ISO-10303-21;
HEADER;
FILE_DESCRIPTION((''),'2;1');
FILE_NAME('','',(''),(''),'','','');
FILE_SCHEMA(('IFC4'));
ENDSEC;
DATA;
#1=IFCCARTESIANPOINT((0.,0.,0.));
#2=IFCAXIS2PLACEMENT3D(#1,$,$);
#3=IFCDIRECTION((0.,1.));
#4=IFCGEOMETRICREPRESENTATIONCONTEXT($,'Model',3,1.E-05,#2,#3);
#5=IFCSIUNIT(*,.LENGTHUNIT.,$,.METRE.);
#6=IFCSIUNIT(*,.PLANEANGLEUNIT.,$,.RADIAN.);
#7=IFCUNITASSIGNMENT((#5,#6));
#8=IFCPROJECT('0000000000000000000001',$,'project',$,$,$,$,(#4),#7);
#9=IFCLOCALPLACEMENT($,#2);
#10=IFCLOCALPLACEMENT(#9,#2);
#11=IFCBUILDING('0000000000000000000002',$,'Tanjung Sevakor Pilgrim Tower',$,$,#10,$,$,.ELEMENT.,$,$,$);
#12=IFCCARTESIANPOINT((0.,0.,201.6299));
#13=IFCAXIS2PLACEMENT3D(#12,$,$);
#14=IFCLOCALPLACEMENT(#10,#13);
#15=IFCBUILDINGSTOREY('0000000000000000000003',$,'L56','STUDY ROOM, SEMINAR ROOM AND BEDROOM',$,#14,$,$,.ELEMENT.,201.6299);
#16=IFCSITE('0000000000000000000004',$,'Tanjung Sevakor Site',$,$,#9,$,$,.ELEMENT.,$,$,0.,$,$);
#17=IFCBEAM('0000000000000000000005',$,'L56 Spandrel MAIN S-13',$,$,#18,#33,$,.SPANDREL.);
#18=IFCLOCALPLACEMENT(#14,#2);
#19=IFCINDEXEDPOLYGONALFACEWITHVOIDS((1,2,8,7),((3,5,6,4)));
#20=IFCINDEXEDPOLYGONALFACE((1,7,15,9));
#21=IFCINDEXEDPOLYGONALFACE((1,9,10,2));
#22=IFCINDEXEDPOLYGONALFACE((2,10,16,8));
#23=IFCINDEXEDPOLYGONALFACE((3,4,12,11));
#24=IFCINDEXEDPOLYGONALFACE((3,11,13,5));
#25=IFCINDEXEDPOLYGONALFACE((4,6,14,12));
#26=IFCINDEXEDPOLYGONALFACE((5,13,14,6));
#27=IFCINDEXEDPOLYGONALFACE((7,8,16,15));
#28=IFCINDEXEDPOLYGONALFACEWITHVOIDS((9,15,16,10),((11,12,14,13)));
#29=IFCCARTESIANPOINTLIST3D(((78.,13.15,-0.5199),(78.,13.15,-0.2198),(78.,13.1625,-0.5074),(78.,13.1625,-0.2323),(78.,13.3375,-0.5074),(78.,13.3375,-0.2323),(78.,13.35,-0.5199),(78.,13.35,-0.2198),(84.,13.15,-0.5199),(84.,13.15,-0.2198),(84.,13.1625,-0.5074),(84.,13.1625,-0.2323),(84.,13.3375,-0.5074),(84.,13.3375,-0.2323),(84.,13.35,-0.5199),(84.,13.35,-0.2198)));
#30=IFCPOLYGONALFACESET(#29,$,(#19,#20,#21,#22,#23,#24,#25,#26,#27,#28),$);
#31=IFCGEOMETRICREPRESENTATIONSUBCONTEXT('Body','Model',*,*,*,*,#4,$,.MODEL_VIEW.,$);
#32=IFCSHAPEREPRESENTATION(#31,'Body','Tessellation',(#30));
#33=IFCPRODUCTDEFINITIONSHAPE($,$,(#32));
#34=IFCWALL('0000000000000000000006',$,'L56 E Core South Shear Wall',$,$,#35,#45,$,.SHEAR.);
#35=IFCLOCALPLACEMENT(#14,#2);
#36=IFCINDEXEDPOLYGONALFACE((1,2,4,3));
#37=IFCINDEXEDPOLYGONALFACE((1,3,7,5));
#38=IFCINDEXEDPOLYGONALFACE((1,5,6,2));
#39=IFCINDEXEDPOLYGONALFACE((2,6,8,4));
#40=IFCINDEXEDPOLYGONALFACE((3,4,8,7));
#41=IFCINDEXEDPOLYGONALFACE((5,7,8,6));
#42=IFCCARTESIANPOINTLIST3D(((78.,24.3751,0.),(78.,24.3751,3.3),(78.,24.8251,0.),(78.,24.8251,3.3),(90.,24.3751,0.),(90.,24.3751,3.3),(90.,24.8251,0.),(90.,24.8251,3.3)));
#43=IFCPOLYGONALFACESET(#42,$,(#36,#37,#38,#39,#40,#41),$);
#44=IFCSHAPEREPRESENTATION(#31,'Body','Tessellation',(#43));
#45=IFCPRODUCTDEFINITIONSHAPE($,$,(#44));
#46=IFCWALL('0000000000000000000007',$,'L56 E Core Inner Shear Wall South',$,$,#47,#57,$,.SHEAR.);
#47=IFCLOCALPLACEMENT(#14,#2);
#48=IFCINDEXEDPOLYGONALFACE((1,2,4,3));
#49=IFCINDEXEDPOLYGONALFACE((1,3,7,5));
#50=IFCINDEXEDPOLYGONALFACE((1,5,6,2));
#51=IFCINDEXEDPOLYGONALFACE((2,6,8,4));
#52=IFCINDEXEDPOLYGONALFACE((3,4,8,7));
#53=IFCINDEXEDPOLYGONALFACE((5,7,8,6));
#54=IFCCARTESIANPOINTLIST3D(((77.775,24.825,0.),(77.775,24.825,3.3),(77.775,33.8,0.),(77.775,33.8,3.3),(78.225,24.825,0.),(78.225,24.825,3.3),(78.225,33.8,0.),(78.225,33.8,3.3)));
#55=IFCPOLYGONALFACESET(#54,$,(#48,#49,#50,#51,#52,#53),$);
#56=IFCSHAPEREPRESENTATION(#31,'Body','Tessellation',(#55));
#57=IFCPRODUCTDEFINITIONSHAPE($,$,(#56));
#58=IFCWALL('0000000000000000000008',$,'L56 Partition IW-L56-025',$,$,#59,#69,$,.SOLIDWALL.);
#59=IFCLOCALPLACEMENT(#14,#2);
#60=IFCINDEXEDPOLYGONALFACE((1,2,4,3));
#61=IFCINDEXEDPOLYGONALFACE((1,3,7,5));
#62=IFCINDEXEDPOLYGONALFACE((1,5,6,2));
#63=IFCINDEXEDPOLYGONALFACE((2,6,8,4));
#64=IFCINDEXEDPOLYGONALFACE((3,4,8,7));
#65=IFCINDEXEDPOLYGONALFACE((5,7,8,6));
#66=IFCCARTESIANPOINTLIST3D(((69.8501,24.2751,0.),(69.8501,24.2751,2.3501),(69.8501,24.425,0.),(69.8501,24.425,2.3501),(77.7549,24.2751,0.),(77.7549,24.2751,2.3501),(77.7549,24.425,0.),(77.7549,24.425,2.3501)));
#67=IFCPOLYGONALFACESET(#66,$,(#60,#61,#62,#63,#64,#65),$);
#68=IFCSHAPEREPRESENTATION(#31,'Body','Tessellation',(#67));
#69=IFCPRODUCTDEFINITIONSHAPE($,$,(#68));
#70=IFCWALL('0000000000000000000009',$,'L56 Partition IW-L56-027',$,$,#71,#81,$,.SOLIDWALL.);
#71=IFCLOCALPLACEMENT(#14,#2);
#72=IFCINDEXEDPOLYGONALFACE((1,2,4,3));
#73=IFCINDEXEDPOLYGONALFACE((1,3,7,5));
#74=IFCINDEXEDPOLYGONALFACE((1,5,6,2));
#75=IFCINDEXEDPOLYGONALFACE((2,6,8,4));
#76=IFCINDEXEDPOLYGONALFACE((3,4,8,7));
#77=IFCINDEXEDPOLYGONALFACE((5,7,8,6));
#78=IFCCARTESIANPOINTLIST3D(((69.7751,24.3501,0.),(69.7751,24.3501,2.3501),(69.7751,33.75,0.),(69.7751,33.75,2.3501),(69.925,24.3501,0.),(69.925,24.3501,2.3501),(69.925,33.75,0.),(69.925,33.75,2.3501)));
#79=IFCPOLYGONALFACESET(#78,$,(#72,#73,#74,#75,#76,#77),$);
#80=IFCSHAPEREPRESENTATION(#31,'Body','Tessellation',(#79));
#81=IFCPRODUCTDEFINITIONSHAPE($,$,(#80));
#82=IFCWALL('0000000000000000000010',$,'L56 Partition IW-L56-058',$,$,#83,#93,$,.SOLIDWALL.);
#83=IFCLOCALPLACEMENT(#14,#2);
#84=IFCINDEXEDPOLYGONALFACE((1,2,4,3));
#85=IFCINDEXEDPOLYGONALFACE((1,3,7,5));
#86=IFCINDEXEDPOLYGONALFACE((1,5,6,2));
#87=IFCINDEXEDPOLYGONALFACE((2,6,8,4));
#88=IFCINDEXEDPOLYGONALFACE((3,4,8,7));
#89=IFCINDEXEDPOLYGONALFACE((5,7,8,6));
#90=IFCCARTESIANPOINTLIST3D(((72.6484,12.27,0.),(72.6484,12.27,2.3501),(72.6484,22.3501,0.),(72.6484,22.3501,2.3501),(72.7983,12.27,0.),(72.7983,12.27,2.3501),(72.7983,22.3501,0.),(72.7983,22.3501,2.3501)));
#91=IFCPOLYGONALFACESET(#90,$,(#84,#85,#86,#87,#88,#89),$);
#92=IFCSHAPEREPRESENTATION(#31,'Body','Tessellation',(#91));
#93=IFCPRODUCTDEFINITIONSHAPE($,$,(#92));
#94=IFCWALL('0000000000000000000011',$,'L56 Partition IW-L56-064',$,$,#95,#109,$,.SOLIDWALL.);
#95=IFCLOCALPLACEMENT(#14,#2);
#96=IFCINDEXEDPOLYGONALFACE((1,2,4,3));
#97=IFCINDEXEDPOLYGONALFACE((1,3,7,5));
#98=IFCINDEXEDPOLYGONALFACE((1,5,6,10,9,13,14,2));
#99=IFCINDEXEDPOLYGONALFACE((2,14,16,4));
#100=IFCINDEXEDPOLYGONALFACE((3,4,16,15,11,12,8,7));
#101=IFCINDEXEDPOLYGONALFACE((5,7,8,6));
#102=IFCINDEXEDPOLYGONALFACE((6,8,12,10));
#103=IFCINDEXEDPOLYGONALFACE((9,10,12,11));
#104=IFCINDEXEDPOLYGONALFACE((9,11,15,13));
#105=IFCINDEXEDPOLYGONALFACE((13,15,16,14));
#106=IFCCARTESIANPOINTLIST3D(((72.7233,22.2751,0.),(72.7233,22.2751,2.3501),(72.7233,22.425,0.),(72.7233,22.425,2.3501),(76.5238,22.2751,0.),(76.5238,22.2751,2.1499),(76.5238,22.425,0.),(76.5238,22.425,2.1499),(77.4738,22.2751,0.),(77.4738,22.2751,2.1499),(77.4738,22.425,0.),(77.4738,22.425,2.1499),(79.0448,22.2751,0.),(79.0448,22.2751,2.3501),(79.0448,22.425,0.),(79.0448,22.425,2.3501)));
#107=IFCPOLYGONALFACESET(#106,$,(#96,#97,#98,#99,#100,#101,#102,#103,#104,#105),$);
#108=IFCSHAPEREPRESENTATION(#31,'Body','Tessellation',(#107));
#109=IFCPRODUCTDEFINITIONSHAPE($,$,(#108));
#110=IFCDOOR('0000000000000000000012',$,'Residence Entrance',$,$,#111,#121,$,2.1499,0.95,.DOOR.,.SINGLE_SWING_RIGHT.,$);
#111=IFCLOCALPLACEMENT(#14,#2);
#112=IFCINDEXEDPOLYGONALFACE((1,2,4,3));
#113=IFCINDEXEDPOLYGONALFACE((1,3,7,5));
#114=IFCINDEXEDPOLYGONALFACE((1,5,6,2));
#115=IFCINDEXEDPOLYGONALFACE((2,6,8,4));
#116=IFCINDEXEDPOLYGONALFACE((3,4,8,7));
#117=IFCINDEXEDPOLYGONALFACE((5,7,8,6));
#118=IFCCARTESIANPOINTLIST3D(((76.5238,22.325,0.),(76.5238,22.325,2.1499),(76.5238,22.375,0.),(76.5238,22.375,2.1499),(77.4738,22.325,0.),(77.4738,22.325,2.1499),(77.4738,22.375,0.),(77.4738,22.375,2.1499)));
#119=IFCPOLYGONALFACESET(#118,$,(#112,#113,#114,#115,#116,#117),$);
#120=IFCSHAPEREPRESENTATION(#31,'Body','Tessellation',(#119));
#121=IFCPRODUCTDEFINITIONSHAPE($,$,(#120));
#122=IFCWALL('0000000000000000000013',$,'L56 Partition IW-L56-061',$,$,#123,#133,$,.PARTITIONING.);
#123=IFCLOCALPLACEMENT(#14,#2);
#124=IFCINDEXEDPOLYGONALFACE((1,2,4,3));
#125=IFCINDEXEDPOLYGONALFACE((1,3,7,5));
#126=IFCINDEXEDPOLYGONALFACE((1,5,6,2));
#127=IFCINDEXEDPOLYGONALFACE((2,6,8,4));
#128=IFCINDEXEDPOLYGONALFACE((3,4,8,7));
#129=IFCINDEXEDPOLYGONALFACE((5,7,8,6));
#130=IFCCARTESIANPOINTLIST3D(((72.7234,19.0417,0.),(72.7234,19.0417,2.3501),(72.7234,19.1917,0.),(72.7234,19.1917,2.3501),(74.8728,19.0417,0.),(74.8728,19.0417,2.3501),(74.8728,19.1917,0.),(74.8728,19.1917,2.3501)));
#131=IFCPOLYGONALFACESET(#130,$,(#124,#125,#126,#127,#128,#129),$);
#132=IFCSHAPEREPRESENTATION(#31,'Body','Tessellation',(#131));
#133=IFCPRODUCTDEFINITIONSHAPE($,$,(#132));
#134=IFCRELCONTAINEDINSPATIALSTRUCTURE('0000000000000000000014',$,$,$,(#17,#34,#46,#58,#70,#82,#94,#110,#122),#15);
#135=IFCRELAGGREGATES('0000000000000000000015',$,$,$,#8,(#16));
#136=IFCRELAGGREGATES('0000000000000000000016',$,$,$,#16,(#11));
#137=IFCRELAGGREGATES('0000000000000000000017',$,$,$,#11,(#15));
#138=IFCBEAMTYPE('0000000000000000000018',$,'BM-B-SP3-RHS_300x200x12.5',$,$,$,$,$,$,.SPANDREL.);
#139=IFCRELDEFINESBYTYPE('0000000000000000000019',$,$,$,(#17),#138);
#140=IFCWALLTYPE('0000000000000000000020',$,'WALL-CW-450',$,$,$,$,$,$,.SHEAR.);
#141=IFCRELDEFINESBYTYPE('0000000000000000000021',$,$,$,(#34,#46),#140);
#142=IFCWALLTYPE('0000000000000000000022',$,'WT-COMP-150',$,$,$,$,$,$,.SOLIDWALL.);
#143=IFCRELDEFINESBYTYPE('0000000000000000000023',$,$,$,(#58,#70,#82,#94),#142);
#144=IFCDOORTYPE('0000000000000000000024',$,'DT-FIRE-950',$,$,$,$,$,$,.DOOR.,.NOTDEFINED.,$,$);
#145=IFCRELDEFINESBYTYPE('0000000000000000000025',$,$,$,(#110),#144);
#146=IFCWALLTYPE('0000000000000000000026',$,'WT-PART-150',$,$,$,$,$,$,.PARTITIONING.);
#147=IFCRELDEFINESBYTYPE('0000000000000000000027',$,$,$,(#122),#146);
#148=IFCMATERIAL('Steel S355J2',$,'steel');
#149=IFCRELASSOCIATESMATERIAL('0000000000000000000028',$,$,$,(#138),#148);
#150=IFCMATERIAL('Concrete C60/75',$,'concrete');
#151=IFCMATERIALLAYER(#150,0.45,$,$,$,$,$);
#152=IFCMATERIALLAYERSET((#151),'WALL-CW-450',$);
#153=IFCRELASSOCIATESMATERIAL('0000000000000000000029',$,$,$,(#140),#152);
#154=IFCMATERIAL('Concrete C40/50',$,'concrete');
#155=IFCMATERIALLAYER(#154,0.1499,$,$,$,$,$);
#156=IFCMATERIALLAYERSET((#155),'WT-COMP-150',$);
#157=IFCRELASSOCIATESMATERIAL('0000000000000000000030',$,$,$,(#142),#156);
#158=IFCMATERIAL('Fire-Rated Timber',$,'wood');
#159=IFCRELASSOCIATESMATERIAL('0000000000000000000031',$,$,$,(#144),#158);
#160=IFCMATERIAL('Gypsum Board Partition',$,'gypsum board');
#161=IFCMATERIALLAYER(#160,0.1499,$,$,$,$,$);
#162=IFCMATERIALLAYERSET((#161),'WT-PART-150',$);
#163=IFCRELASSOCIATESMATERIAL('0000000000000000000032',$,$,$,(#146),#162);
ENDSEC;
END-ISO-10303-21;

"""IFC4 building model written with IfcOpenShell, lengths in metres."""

from ifc_helpers import new_model, si_unit, direction, frame, frame_2d, origin, origin_2d, place, context, subcontext, project, spatial, rectangle, hollow_rectangle, extrude, material, layer, layer_set, material_profile, profile_set, type_object, element, fill, save


model = new_model("IFC4")

# Units and contexts
model_context = context("Model", 3, precision=1e-05, world=origin(), true_north=direction((0.0, 1.0)))
body_context = subcontext(model_context, "Body", "Model", "MODEL_VIEW")
ifc_project = project(units=[si_unit("LENGTHUNIT", "METRE"), si_unit("PLANEANGLEUNIT", "RADIAN")], contexts=[model_context])

# Site, building, storey
site_placement = place(None, origin())
site = spatial("IfcSite", under=ifc_project, at=site_placement, Name="Tanjung Sevakor Site", CompositionType="ELEMENT", RefElevation=0.0)
building_placement = place(site_placement, origin())
building = spatial("IfcBuilding", under=site, at=building_placement, Name="Tanjung Sevakor Pilgrim Tower", CompositionType="ELEMENT")
storey_placement = place(building_placement, frame((0.0, 0.0, 201.6299)))
storey = spatial("IfcBuildingStorey", under=building, at=storey_placement, Name="L56", Description="STUDY ROOM, SEMINAR ROOM AND BEDROOM", CompositionType="ELEMENT", Elevation=201.6299)

# Beam
ifc_material_1 = material(Name="Steel S355J2", Category="steel")
ifc_material_profile_1 = material_profile(ifc_material_1, hollow_rectangle(XDim=0.2, YDim=0.3, WallThickness=0.0125, at=origin_2d()))
ifc_profile_set_1 = profile_set([ifc_material_profile_1], Name="Steel S355J2")
beam_type_1 = type_object("IfcBeamType", Name="BM-B-SP3-RHS_300x200x12.5", PredefinedType="SPANDREL", material=ifc_profile_set_1)
for number, where, z_axis, x_axis, name in (
    (1, (78.0, 13.25, -0.3699), (1.0, 0.0, 0.0), (0.0, 1.0, 0.0), "L56 Spandrel MAIN S-13"),
):
    element("IfcBeam", number, at=place(storey_placement, frame(where, z_axis=z_axis, x_axis=x_axis)), inside=storey, type_object=beam_type_1, Name=name, PredefinedType="SPANDREL", context=body_context, shape_type="SweptSolid", body=[
        extrude(hollow_rectangle(XDim=0.2, YDim=0.3, WallThickness=0.0125, at=origin_2d()), origin(), (0.0, 0.0, 1.0), 6.0),
    ])

# Walls
ifc_material_2 = material(Name="Concrete C60/75", Category="concrete")
ifc_layer_1 = layer(ifc_material_2, 0.45)
ifc_layer_set_1 = layer_set([ifc_layer_1], Name="WALL-CW-450")
wall_type_1 = type_object("IfcWallType", Name="WALL-CW-450", PredefinedType="SHEAR", material=ifc_layer_set_1)
wall_1_placement = place(storey_placement, frame((78.0, 24.6001, 0.0), z_axis=(0.0, 0.0, 1.0), x_axis=(1.0, 0.0, 0.0)))
element("IfcWall", 2, at=wall_1_placement, inside=storey, type_object=wall_type_1, Name="L56 E Core South Shear Wall", PredefinedType="SHEAR", context=body_context, shape_type="SweptSolid", body=[
    extrude(rectangle(XDim=12.0, YDim=0.45, at=frame_2d((6.0, 0.0))), origin(), (0.0, 0.0, 1.0), 3.3),
])
wall_2_placement = place(storey_placement, frame((78.0, 24.825, 0.0), z_axis=(0.0, 0.0, 1.0), x_axis=(0.0, 1.0, 0.0)))
element("IfcWall", 3, at=wall_2_placement, inside=storey, type_object=wall_type_1, Name="L56 E Core Inner Shear Wall South", PredefinedType="SHEAR", context=body_context, shape_type="SweptSolid", body=[
    extrude(rectangle(XDim=8.9751, YDim=0.45, at=frame_2d((4.4875, 0.0))), origin(), (0.0, 0.0, 1.0), 3.3),
])
ifc_material_3 = material(Name="Concrete C40/50", Category="concrete")
ifc_layer_2 = layer(ifc_material_3, 0.1499)
ifc_layer_set_2 = layer_set([ifc_layer_2], Name="WT-COMP-150")
wall_type_2 = type_object("IfcWallType", Name="WT-COMP-150", PredefinedType="SOLIDWALL", material=ifc_layer_set_2)
wall_3_placement = place(storey_placement, frame((69.8501, 24.3501, 0.0), z_axis=(0.0, 0.0, 1.0), x_axis=(1.0, 0.0, 0.0)))
element("IfcWall", 4, at=wall_3_placement, inside=storey, type_object=wall_type_2, Name="L56 Partition IW-L56-025", PredefinedType="SOLIDWALL", context=body_context, shape_type="SweptSolid", body=[
    extrude(rectangle(XDim=7.9048, YDim=0.1499, at=frame_2d((3.9524, 0.0))), origin(), (0.0, 0.0, 1.0), 2.3501),
])
wall_4_placement = place(storey_placement, frame((69.8501, 24.3501, 0.0), z_axis=(0.0, 0.0, 1.0), x_axis=(0.0, 1.0, 0.0)))
element("IfcWall", 5, at=wall_4_placement, inside=storey, type_object=wall_type_2, Name="L56 Partition IW-L56-027", PredefinedType="SOLIDWALL", context=body_context, shape_type="SweptSolid", body=[
    extrude(rectangle(XDim=9.3999, YDim=0.1499, at=frame_2d((4.7, 0.0))), origin(), (0.0, 0.0, 1.0), 2.3501),
])
wall_5_placement = place(storey_placement, frame((72.7234, 12.27, 0.0), z_axis=(0.0, 0.0, 1.0), x_axis=(0.0, 1.0, 0.0)))
element("IfcWall", 6, at=wall_5_placement, inside=storey, type_object=wall_type_2, Name="L56 Partition IW-L56-058", PredefinedType="SOLIDWALL", context=body_context, shape_type="SweptSolid", body=[
    extrude(rectangle(XDim=10.0801, YDim=0.1499, at=frame_2d((5.04, 0.0))), origin(), (0.0, 0.0, 1.0), 2.3501),
])

# Wall, opening, door
wall_6_placement = place(storey_placement, frame((72.7234, 22.3501, 0.0), z_axis=(0.0, 0.0, 1.0), x_axis=(1.0, 0.0, 0.0)))
wall_6 = element("IfcWall", 7, at=wall_6_placement, inside=storey, type_object=wall_type_2, Name="L56 Partition IW-L56-064", PredefinedType="SOLIDWALL", context=body_context, shape_type="SweptSolid", body=[
    extrude(rectangle(XDim=6.3215, YDim=0.1499, at=frame_2d((3.1606, 0.0))), origin(), (0.0, 0.0, 1.0), 2.3501),
])
opening_1_placement = place(wall_6_placement, frame((3.8003, 0.0, 0.0)))
opening_1 = element("IfcOpeningElement", 8, at=opening_1_placement, cuts=wall_6, PredefinedType="OPENING", context=body_context, shape_type="SweptSolid", body=[
    extrude(rectangle(XDim=0.95, YDim=2.1499, at=frame_2d((0.4751, 1.075))), frame((0.0, 0.085, 0.0), z_axis=(0.0, -1.0, 0.0), x_axis=(1.0, 0.0, 0.0)), (0.0, 0.0, 1.0), 0.1699),
])
ifc_material_4 = material(Name="Fire-Rated Timber", Category="wood")
door_type_1 = type_object("IfcDoorType", Name="DT-FIRE-950", OperationType="NOTDEFINED", PredefinedType="DOOR", material=ifc_material_4)
door_1_placement = place(opening_1_placement, origin())
door_1 = element("IfcDoor", 9, at=door_1_placement, inside=storey, type_object=door_type_1, Name="Residence Entrance", OperationType="SINGLE_SWING_RIGHT", OverallHeight=2.1499, OverallWidth=0.95, PredefinedType="DOOR", context=body_context, shape_type="SweptSolid", body=[
    extrude(rectangle(XDim=0.95, YDim=2.1499, at=frame_2d((0.4751, 1.075))), frame((0.0, 0.0249, 0.0), z_axis=(0.0, -1.0, 0.0), x_axis=(1.0, 0.0, 0.0)), (0.0, 0.0, 1.0), 0.05),
])
fill(opening_1, door_1)

# Wall
ifc_material_5 = material(Name="Gypsum Board Partition", Category="gypsum board")
ifc_layer_3 = layer(ifc_material_5, 0.1499)
ifc_layer_set_3 = layer_set([ifc_layer_3], Name="WT-PART-150")
wall_type_3 = type_object("IfcWallType", Name="WT-PART-150", PredefinedType="PARTITIONING", material=ifc_layer_set_3)
wall_7_placement = place(storey_placement, frame((72.7234, 19.1167, 0.0), z_axis=(0.0, 0.0, 1.0), x_axis=(1.0, 0.0, 0.0)))
element("IfcWall", 10, at=wall_7_placement, inside=storey, type_object=wall_type_3, Name="L56 Partition IW-L56-061", PredefinedType="PARTITIONING", context=body_context, shape_type="SweptSolid", body=[
    extrude(rectangle(XDim=2.1494, YDim=0.1499, at=frame_2d((1.0747, 0.0))), origin(), (0.0, 0.0, 1.0), 2.3501),
])

save(model, "model.ifc")
